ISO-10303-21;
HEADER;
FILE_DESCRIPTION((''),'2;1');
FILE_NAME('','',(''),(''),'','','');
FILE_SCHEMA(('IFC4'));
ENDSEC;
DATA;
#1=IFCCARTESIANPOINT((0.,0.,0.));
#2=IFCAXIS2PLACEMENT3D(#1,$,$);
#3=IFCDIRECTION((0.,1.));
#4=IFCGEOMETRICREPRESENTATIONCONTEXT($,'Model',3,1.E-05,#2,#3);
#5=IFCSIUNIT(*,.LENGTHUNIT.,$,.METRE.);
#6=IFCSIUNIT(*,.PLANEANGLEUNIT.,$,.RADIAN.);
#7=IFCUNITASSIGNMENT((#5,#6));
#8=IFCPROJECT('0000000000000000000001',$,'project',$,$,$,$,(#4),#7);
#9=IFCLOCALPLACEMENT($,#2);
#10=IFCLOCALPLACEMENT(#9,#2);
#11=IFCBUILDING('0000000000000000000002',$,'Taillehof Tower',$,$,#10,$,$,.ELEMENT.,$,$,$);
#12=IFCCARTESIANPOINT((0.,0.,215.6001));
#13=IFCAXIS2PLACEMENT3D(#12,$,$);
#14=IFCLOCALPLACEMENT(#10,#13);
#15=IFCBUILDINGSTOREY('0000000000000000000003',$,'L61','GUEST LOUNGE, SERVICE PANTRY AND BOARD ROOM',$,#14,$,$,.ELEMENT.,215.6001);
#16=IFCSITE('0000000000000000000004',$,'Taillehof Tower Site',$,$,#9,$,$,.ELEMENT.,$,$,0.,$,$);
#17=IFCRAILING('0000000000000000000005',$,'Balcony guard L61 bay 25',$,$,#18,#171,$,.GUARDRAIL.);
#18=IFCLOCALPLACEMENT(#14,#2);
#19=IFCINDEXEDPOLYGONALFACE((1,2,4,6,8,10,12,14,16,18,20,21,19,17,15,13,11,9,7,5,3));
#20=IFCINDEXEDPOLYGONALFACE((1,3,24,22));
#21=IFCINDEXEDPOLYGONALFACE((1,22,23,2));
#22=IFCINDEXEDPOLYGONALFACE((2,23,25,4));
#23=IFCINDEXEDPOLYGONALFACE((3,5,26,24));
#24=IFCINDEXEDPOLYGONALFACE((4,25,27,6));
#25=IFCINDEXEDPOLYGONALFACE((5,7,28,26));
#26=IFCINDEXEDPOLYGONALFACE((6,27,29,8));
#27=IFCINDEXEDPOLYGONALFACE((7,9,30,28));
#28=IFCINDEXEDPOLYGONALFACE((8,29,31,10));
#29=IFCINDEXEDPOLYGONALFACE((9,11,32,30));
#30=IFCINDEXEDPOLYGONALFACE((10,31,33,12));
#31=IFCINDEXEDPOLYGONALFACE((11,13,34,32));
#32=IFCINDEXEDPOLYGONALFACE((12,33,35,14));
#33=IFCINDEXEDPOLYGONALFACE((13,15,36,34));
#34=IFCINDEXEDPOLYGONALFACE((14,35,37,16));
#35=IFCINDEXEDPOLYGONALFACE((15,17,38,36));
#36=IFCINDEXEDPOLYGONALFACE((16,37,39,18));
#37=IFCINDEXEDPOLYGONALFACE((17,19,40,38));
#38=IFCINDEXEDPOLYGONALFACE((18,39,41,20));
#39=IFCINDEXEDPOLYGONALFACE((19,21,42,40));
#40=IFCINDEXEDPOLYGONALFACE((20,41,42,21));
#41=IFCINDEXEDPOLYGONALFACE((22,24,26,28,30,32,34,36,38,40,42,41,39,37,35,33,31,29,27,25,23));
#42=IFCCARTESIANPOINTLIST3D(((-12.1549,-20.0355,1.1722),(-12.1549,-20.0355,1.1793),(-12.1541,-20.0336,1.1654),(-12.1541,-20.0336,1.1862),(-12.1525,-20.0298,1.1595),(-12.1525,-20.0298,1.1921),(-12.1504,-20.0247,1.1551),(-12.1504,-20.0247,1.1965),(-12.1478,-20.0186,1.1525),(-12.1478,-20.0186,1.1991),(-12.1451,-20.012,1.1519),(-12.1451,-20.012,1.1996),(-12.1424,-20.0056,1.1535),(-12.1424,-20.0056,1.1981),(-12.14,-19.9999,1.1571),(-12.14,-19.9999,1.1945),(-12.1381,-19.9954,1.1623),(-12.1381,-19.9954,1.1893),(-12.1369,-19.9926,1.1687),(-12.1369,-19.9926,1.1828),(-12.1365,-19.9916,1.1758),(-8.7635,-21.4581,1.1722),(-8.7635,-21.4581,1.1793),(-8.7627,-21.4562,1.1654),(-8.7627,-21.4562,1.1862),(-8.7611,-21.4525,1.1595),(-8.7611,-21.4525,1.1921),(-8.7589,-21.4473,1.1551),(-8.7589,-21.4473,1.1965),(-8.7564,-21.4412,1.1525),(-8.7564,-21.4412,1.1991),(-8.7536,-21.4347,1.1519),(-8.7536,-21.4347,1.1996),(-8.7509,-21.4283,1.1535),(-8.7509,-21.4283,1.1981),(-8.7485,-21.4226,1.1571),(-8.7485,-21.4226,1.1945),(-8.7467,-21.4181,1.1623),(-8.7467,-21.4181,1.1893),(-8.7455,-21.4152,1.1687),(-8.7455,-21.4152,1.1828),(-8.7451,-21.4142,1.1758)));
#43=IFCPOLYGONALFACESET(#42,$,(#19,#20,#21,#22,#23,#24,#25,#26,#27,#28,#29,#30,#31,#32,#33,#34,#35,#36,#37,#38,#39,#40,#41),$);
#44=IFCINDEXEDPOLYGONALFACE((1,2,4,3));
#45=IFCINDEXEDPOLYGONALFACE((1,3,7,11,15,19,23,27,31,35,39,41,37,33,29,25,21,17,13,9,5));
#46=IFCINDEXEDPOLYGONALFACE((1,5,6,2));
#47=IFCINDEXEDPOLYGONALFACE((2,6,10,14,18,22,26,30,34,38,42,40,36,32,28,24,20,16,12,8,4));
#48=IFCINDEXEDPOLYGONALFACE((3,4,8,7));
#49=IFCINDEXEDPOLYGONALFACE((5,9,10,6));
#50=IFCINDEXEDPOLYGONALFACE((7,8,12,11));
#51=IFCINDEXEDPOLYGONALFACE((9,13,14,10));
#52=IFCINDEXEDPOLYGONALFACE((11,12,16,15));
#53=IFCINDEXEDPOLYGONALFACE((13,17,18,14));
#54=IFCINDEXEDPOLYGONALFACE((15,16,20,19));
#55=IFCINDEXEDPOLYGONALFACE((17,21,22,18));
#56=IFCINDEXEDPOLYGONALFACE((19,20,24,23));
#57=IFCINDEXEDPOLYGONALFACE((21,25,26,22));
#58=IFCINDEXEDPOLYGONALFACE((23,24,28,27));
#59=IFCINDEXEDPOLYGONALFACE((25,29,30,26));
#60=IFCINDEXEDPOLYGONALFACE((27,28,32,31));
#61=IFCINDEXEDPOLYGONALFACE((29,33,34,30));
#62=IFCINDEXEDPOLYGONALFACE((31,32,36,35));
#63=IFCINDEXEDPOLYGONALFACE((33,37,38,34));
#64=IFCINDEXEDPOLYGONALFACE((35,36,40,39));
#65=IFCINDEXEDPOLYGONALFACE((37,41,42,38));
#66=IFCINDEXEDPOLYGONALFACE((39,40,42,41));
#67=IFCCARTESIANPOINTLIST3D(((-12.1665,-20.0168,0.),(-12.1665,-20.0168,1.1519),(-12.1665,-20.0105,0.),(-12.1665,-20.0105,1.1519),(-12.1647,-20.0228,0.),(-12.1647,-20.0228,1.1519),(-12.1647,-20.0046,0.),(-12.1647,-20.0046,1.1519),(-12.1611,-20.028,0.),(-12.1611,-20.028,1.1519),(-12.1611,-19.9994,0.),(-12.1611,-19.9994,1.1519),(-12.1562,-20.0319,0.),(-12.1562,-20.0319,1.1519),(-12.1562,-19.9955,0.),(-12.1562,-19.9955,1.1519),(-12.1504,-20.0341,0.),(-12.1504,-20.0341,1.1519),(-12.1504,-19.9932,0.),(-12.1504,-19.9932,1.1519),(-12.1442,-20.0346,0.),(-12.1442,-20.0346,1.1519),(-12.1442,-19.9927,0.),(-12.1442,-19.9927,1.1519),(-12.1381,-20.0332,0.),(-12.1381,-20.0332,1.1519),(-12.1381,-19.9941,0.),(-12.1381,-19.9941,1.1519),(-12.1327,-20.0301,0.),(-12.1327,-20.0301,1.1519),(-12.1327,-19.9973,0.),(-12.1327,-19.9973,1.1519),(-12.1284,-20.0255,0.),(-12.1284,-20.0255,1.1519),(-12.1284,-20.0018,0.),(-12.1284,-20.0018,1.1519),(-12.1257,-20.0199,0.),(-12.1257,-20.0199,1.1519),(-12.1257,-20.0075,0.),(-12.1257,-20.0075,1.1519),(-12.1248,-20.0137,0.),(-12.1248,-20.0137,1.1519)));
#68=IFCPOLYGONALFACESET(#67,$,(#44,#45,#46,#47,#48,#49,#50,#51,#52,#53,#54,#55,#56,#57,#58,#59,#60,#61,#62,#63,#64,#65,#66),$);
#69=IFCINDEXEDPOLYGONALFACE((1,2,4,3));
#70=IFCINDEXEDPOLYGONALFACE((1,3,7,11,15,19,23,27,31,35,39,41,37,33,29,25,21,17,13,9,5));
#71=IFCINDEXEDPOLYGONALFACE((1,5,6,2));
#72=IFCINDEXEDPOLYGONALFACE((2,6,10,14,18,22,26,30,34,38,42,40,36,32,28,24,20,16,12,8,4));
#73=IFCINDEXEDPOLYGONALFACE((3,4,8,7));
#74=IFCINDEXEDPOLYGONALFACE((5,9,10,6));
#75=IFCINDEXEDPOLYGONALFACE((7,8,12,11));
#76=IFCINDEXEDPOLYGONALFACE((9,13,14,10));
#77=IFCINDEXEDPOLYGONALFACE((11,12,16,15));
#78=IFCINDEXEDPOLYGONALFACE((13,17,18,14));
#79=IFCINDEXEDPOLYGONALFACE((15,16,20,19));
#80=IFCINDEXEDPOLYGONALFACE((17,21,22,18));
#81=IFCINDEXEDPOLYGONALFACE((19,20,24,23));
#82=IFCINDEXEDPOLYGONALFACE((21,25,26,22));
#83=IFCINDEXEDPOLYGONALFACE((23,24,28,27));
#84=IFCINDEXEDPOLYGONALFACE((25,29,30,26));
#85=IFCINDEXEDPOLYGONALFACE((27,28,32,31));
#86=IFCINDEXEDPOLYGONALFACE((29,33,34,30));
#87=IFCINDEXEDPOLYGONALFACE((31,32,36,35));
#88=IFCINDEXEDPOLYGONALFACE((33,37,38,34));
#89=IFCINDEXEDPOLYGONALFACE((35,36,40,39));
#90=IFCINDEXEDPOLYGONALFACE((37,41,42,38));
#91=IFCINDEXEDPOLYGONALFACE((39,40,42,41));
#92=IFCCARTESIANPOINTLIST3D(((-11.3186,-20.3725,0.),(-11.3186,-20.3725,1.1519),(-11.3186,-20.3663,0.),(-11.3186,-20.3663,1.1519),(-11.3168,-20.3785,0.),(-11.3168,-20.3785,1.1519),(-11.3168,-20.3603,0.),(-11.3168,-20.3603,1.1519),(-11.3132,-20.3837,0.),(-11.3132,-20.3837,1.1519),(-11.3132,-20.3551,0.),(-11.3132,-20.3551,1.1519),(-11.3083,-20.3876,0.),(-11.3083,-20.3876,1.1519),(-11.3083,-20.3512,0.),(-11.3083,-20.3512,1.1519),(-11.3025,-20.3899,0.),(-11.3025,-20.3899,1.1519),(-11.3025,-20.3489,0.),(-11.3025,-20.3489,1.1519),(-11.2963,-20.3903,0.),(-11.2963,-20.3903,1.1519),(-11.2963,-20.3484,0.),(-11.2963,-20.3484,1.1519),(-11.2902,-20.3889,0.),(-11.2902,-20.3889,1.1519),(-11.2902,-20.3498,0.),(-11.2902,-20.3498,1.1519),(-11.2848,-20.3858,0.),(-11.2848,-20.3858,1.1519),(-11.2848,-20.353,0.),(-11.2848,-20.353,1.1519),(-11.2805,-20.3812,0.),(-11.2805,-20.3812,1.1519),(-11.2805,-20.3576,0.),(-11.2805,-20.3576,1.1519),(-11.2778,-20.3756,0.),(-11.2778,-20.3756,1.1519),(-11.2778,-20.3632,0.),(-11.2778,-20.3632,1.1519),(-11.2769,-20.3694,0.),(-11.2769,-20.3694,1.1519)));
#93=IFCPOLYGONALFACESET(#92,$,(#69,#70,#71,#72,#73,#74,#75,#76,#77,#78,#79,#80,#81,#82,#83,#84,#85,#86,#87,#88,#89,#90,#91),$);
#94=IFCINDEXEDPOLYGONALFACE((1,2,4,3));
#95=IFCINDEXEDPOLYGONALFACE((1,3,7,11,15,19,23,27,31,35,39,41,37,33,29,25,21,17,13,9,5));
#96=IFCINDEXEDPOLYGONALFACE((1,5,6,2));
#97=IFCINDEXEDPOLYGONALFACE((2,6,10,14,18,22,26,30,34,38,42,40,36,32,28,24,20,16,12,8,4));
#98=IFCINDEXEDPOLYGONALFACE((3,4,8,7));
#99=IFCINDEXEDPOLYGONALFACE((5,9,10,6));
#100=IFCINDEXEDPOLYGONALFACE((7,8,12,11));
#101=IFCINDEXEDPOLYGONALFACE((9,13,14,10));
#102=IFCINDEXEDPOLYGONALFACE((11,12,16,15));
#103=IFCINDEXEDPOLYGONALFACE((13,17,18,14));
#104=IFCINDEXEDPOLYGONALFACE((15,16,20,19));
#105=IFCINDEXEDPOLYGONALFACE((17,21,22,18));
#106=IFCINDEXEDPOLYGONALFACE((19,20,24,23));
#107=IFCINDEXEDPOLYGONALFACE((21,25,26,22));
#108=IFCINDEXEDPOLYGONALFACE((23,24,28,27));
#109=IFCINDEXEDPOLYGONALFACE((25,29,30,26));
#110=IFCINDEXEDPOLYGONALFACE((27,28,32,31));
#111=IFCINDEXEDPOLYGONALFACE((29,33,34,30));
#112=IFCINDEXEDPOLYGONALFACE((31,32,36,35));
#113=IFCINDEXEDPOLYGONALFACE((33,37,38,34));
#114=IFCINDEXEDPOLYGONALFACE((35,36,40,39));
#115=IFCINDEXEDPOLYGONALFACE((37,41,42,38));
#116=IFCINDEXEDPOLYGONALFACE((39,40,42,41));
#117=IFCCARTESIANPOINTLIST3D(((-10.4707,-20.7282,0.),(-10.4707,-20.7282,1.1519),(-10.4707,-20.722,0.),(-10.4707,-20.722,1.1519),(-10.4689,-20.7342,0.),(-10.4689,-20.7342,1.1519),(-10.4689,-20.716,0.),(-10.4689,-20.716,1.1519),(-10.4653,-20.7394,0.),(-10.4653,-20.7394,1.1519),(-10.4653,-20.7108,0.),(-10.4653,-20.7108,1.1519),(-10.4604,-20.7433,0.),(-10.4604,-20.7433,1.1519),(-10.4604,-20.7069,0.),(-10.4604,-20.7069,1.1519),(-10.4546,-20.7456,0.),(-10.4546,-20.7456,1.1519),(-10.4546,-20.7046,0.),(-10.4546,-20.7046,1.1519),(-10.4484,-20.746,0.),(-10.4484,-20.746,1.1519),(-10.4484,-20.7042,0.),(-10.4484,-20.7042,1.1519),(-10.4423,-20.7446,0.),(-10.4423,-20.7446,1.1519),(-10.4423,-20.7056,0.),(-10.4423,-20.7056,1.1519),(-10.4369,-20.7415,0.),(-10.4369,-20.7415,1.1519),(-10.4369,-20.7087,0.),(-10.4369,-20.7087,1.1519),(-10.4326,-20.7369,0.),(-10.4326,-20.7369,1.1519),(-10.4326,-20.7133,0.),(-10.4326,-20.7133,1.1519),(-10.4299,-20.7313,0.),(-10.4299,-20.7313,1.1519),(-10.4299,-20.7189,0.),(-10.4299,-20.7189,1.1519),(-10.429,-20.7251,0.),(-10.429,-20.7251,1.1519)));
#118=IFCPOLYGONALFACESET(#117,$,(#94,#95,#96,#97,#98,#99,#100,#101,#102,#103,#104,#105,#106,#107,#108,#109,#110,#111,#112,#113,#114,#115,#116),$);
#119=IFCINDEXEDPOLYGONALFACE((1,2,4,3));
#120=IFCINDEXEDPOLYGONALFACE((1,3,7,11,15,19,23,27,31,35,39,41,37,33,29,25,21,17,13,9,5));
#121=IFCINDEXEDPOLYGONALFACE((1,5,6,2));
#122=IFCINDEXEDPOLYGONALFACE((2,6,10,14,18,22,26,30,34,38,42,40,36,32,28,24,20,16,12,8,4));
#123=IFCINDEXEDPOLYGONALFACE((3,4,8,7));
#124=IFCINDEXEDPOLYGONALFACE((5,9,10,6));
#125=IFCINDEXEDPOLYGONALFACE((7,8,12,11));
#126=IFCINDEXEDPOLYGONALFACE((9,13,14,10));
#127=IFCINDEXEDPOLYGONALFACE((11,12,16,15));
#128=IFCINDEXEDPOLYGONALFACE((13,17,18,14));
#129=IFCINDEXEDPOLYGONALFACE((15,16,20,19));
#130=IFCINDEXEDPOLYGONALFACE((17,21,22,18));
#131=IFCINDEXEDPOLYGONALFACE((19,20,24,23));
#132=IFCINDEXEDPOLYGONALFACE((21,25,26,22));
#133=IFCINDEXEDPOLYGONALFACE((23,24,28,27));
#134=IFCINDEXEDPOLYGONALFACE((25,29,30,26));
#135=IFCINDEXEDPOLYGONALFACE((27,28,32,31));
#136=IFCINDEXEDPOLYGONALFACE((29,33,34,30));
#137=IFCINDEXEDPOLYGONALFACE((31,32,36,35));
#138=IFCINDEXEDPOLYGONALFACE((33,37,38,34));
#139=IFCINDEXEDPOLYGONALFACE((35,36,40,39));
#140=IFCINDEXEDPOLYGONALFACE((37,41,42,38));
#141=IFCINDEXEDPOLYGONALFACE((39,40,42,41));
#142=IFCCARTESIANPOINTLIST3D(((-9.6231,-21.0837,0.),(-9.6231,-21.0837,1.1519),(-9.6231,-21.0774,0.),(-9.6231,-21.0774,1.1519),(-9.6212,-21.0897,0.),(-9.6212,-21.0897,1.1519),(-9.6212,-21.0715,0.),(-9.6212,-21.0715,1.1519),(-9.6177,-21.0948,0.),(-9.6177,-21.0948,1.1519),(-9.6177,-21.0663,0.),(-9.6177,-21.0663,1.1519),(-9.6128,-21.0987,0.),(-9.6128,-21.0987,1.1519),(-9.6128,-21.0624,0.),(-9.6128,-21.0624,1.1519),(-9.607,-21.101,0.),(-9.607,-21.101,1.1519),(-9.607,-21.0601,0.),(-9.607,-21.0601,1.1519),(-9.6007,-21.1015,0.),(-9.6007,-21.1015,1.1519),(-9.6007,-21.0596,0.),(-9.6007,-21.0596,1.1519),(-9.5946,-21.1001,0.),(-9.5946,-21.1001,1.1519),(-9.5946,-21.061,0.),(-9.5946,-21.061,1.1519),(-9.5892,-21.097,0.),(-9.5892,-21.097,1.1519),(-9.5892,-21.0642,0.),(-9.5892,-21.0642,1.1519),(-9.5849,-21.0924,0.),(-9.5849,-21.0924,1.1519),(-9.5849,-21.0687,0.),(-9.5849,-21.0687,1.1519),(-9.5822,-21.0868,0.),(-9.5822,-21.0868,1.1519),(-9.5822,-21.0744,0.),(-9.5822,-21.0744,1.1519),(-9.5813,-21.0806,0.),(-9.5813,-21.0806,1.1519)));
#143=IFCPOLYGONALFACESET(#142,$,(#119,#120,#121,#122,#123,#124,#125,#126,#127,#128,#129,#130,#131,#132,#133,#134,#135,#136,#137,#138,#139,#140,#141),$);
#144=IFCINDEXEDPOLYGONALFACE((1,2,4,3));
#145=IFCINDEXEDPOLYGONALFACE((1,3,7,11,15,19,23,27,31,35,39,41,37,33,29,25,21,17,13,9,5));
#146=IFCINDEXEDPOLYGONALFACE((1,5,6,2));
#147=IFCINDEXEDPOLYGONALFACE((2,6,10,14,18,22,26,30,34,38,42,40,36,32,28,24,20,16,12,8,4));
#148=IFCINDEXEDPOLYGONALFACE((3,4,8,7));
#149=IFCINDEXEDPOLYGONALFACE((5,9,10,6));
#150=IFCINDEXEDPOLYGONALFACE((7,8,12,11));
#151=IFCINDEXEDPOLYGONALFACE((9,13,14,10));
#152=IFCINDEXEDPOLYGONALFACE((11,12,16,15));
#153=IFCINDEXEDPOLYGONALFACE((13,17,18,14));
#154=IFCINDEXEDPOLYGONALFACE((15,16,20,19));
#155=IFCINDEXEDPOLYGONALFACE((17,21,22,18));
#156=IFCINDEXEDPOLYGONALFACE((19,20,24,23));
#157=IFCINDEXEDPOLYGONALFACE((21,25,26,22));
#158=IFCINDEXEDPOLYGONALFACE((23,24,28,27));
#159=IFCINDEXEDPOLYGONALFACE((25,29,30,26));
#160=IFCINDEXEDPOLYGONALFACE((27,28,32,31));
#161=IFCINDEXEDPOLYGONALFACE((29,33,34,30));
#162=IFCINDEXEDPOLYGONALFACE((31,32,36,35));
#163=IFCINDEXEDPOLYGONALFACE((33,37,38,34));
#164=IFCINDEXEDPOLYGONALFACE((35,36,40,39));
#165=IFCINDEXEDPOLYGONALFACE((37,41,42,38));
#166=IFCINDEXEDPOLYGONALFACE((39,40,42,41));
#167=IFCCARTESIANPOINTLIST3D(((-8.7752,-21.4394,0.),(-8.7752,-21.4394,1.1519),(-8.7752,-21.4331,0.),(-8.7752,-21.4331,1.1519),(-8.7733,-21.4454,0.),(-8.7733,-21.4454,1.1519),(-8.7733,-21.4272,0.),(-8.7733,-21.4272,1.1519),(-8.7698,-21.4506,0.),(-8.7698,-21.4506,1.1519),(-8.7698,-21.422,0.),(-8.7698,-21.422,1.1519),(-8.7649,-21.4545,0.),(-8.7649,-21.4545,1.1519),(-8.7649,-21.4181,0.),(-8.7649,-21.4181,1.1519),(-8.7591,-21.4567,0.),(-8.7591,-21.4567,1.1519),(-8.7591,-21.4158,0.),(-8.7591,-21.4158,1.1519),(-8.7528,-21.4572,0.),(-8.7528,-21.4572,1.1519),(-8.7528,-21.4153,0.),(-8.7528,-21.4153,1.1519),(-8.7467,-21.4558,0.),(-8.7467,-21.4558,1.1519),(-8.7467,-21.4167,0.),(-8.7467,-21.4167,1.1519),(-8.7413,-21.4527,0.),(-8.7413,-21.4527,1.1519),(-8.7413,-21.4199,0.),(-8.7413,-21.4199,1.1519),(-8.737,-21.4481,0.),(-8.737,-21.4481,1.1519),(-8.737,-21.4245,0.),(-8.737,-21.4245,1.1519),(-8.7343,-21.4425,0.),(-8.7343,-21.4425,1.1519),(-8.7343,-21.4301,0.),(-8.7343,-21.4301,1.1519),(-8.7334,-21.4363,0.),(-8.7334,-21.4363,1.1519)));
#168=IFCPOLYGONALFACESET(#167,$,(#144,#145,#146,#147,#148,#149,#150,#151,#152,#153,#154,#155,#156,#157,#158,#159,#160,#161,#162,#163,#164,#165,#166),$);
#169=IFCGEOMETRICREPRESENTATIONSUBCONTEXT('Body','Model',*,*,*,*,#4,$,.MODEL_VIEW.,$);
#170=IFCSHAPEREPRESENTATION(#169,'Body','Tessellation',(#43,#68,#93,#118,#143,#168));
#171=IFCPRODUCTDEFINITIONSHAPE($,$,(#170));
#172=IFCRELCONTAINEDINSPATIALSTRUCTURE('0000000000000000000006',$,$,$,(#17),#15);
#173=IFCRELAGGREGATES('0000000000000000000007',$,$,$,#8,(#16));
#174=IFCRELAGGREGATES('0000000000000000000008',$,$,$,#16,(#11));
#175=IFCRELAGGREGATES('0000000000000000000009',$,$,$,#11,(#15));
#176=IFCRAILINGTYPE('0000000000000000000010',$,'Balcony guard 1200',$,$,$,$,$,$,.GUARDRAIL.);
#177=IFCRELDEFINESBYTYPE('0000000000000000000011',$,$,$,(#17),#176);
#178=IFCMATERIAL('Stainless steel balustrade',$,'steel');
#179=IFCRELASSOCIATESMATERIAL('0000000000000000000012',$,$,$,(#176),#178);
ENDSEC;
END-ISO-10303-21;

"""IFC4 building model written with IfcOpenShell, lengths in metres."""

from ifc_helpers import new_model, si_unit, direction, frame, origin, origin_2d, place, context, subcontext, project, spatial, circle, extrude, material, type_object, element, save


model = new_model("IFC4")

# Units and contexts
model_context = context("Model", 3, precision=1e-05, world=origin(), true_north=direction((0.0, 1.0)))
body_context = subcontext(model_context, "Body", "Model", "MODEL_VIEW")
ifc_project = project(units=[si_unit("LENGTHUNIT", "METRE"), si_unit("PLANEANGLEUNIT", "RADIAN")], contexts=[model_context])

# Site, building, storey
site_placement = place(None, origin())
site = spatial("IfcSite", under=ifc_project, at=site_placement, Name="Taillehof Tower Site", CompositionType="ELEMENT", RefElevation=0.0)
building_placement = place(site_placement, origin())
building = spatial("IfcBuilding", under=site, at=building_placement, Name="Taillehof Tower", CompositionType="ELEMENT")
storey_placement = place(building_placement, frame((0.0, 0.0, 215.6001)))
storey = spatial("IfcBuildingStorey", under=building, at=storey_placement, Name="L61", Description="GUEST LOUNGE, SERVICE PANTRY AND BOARD ROOM", CompositionType="ELEMENT", Elevation=215.6001)

# Railing
ifc_material_1 = material(Name="Stainless steel balustrade", Category="steel")
railing_type = type_object("IfcRailingType", Name="Balcony guard 1200", PredefinedType="GUARDRAIL", material=ifc_material_1)
railing_1_placement = place(storey_placement, frame((-12.1458, -20.0137, 0.0)))
element("IfcRailing", 1, at=railing_1_placement, inside=storey, type_object=railing_type, Name="Balcony guard L61 bay 25", PredefinedType="GUARDRAIL", context=body_context, shape_type="SweptSolid", body=[
    extrude(circle(Radius=0.0239, at=origin_2d()), frame((0.0, 0.0, 1.1758), z_axis=(0.922153, -0.386825, 0.0), x_axis=(0.386825, 0.922153, 0.0)), (0.0, 0.0, 1.0), 3.6777),
    extrude(circle(Radius=0.021, at=origin_2d()), origin(), (0.0, 0.0, 1.0), 1.1519),
    extrude(circle(Radius=0.021, at=origin_2d()), frame((0.8479, -0.3557, 0.0)), (0.0, 0.0, 1.0), 1.1519),
    extrude(circle(Radius=0.021, at=origin_2d()), frame((1.6958, -0.7114, 0.0)), (0.0, 0.0, 1.0), 1.1519),
    extrude(circle(Radius=0.021, at=origin_2d()), frame((2.5435, -1.0669, 0.0)), (0.0, 0.0, 1.0), 1.1519),
    extrude(circle(Radius=0.021, at=origin_2d()), frame((3.3914, -1.4226, 0.0)), (0.0, 0.0, 1.0), 1.1519),
])

save(model, "model.ifc")
